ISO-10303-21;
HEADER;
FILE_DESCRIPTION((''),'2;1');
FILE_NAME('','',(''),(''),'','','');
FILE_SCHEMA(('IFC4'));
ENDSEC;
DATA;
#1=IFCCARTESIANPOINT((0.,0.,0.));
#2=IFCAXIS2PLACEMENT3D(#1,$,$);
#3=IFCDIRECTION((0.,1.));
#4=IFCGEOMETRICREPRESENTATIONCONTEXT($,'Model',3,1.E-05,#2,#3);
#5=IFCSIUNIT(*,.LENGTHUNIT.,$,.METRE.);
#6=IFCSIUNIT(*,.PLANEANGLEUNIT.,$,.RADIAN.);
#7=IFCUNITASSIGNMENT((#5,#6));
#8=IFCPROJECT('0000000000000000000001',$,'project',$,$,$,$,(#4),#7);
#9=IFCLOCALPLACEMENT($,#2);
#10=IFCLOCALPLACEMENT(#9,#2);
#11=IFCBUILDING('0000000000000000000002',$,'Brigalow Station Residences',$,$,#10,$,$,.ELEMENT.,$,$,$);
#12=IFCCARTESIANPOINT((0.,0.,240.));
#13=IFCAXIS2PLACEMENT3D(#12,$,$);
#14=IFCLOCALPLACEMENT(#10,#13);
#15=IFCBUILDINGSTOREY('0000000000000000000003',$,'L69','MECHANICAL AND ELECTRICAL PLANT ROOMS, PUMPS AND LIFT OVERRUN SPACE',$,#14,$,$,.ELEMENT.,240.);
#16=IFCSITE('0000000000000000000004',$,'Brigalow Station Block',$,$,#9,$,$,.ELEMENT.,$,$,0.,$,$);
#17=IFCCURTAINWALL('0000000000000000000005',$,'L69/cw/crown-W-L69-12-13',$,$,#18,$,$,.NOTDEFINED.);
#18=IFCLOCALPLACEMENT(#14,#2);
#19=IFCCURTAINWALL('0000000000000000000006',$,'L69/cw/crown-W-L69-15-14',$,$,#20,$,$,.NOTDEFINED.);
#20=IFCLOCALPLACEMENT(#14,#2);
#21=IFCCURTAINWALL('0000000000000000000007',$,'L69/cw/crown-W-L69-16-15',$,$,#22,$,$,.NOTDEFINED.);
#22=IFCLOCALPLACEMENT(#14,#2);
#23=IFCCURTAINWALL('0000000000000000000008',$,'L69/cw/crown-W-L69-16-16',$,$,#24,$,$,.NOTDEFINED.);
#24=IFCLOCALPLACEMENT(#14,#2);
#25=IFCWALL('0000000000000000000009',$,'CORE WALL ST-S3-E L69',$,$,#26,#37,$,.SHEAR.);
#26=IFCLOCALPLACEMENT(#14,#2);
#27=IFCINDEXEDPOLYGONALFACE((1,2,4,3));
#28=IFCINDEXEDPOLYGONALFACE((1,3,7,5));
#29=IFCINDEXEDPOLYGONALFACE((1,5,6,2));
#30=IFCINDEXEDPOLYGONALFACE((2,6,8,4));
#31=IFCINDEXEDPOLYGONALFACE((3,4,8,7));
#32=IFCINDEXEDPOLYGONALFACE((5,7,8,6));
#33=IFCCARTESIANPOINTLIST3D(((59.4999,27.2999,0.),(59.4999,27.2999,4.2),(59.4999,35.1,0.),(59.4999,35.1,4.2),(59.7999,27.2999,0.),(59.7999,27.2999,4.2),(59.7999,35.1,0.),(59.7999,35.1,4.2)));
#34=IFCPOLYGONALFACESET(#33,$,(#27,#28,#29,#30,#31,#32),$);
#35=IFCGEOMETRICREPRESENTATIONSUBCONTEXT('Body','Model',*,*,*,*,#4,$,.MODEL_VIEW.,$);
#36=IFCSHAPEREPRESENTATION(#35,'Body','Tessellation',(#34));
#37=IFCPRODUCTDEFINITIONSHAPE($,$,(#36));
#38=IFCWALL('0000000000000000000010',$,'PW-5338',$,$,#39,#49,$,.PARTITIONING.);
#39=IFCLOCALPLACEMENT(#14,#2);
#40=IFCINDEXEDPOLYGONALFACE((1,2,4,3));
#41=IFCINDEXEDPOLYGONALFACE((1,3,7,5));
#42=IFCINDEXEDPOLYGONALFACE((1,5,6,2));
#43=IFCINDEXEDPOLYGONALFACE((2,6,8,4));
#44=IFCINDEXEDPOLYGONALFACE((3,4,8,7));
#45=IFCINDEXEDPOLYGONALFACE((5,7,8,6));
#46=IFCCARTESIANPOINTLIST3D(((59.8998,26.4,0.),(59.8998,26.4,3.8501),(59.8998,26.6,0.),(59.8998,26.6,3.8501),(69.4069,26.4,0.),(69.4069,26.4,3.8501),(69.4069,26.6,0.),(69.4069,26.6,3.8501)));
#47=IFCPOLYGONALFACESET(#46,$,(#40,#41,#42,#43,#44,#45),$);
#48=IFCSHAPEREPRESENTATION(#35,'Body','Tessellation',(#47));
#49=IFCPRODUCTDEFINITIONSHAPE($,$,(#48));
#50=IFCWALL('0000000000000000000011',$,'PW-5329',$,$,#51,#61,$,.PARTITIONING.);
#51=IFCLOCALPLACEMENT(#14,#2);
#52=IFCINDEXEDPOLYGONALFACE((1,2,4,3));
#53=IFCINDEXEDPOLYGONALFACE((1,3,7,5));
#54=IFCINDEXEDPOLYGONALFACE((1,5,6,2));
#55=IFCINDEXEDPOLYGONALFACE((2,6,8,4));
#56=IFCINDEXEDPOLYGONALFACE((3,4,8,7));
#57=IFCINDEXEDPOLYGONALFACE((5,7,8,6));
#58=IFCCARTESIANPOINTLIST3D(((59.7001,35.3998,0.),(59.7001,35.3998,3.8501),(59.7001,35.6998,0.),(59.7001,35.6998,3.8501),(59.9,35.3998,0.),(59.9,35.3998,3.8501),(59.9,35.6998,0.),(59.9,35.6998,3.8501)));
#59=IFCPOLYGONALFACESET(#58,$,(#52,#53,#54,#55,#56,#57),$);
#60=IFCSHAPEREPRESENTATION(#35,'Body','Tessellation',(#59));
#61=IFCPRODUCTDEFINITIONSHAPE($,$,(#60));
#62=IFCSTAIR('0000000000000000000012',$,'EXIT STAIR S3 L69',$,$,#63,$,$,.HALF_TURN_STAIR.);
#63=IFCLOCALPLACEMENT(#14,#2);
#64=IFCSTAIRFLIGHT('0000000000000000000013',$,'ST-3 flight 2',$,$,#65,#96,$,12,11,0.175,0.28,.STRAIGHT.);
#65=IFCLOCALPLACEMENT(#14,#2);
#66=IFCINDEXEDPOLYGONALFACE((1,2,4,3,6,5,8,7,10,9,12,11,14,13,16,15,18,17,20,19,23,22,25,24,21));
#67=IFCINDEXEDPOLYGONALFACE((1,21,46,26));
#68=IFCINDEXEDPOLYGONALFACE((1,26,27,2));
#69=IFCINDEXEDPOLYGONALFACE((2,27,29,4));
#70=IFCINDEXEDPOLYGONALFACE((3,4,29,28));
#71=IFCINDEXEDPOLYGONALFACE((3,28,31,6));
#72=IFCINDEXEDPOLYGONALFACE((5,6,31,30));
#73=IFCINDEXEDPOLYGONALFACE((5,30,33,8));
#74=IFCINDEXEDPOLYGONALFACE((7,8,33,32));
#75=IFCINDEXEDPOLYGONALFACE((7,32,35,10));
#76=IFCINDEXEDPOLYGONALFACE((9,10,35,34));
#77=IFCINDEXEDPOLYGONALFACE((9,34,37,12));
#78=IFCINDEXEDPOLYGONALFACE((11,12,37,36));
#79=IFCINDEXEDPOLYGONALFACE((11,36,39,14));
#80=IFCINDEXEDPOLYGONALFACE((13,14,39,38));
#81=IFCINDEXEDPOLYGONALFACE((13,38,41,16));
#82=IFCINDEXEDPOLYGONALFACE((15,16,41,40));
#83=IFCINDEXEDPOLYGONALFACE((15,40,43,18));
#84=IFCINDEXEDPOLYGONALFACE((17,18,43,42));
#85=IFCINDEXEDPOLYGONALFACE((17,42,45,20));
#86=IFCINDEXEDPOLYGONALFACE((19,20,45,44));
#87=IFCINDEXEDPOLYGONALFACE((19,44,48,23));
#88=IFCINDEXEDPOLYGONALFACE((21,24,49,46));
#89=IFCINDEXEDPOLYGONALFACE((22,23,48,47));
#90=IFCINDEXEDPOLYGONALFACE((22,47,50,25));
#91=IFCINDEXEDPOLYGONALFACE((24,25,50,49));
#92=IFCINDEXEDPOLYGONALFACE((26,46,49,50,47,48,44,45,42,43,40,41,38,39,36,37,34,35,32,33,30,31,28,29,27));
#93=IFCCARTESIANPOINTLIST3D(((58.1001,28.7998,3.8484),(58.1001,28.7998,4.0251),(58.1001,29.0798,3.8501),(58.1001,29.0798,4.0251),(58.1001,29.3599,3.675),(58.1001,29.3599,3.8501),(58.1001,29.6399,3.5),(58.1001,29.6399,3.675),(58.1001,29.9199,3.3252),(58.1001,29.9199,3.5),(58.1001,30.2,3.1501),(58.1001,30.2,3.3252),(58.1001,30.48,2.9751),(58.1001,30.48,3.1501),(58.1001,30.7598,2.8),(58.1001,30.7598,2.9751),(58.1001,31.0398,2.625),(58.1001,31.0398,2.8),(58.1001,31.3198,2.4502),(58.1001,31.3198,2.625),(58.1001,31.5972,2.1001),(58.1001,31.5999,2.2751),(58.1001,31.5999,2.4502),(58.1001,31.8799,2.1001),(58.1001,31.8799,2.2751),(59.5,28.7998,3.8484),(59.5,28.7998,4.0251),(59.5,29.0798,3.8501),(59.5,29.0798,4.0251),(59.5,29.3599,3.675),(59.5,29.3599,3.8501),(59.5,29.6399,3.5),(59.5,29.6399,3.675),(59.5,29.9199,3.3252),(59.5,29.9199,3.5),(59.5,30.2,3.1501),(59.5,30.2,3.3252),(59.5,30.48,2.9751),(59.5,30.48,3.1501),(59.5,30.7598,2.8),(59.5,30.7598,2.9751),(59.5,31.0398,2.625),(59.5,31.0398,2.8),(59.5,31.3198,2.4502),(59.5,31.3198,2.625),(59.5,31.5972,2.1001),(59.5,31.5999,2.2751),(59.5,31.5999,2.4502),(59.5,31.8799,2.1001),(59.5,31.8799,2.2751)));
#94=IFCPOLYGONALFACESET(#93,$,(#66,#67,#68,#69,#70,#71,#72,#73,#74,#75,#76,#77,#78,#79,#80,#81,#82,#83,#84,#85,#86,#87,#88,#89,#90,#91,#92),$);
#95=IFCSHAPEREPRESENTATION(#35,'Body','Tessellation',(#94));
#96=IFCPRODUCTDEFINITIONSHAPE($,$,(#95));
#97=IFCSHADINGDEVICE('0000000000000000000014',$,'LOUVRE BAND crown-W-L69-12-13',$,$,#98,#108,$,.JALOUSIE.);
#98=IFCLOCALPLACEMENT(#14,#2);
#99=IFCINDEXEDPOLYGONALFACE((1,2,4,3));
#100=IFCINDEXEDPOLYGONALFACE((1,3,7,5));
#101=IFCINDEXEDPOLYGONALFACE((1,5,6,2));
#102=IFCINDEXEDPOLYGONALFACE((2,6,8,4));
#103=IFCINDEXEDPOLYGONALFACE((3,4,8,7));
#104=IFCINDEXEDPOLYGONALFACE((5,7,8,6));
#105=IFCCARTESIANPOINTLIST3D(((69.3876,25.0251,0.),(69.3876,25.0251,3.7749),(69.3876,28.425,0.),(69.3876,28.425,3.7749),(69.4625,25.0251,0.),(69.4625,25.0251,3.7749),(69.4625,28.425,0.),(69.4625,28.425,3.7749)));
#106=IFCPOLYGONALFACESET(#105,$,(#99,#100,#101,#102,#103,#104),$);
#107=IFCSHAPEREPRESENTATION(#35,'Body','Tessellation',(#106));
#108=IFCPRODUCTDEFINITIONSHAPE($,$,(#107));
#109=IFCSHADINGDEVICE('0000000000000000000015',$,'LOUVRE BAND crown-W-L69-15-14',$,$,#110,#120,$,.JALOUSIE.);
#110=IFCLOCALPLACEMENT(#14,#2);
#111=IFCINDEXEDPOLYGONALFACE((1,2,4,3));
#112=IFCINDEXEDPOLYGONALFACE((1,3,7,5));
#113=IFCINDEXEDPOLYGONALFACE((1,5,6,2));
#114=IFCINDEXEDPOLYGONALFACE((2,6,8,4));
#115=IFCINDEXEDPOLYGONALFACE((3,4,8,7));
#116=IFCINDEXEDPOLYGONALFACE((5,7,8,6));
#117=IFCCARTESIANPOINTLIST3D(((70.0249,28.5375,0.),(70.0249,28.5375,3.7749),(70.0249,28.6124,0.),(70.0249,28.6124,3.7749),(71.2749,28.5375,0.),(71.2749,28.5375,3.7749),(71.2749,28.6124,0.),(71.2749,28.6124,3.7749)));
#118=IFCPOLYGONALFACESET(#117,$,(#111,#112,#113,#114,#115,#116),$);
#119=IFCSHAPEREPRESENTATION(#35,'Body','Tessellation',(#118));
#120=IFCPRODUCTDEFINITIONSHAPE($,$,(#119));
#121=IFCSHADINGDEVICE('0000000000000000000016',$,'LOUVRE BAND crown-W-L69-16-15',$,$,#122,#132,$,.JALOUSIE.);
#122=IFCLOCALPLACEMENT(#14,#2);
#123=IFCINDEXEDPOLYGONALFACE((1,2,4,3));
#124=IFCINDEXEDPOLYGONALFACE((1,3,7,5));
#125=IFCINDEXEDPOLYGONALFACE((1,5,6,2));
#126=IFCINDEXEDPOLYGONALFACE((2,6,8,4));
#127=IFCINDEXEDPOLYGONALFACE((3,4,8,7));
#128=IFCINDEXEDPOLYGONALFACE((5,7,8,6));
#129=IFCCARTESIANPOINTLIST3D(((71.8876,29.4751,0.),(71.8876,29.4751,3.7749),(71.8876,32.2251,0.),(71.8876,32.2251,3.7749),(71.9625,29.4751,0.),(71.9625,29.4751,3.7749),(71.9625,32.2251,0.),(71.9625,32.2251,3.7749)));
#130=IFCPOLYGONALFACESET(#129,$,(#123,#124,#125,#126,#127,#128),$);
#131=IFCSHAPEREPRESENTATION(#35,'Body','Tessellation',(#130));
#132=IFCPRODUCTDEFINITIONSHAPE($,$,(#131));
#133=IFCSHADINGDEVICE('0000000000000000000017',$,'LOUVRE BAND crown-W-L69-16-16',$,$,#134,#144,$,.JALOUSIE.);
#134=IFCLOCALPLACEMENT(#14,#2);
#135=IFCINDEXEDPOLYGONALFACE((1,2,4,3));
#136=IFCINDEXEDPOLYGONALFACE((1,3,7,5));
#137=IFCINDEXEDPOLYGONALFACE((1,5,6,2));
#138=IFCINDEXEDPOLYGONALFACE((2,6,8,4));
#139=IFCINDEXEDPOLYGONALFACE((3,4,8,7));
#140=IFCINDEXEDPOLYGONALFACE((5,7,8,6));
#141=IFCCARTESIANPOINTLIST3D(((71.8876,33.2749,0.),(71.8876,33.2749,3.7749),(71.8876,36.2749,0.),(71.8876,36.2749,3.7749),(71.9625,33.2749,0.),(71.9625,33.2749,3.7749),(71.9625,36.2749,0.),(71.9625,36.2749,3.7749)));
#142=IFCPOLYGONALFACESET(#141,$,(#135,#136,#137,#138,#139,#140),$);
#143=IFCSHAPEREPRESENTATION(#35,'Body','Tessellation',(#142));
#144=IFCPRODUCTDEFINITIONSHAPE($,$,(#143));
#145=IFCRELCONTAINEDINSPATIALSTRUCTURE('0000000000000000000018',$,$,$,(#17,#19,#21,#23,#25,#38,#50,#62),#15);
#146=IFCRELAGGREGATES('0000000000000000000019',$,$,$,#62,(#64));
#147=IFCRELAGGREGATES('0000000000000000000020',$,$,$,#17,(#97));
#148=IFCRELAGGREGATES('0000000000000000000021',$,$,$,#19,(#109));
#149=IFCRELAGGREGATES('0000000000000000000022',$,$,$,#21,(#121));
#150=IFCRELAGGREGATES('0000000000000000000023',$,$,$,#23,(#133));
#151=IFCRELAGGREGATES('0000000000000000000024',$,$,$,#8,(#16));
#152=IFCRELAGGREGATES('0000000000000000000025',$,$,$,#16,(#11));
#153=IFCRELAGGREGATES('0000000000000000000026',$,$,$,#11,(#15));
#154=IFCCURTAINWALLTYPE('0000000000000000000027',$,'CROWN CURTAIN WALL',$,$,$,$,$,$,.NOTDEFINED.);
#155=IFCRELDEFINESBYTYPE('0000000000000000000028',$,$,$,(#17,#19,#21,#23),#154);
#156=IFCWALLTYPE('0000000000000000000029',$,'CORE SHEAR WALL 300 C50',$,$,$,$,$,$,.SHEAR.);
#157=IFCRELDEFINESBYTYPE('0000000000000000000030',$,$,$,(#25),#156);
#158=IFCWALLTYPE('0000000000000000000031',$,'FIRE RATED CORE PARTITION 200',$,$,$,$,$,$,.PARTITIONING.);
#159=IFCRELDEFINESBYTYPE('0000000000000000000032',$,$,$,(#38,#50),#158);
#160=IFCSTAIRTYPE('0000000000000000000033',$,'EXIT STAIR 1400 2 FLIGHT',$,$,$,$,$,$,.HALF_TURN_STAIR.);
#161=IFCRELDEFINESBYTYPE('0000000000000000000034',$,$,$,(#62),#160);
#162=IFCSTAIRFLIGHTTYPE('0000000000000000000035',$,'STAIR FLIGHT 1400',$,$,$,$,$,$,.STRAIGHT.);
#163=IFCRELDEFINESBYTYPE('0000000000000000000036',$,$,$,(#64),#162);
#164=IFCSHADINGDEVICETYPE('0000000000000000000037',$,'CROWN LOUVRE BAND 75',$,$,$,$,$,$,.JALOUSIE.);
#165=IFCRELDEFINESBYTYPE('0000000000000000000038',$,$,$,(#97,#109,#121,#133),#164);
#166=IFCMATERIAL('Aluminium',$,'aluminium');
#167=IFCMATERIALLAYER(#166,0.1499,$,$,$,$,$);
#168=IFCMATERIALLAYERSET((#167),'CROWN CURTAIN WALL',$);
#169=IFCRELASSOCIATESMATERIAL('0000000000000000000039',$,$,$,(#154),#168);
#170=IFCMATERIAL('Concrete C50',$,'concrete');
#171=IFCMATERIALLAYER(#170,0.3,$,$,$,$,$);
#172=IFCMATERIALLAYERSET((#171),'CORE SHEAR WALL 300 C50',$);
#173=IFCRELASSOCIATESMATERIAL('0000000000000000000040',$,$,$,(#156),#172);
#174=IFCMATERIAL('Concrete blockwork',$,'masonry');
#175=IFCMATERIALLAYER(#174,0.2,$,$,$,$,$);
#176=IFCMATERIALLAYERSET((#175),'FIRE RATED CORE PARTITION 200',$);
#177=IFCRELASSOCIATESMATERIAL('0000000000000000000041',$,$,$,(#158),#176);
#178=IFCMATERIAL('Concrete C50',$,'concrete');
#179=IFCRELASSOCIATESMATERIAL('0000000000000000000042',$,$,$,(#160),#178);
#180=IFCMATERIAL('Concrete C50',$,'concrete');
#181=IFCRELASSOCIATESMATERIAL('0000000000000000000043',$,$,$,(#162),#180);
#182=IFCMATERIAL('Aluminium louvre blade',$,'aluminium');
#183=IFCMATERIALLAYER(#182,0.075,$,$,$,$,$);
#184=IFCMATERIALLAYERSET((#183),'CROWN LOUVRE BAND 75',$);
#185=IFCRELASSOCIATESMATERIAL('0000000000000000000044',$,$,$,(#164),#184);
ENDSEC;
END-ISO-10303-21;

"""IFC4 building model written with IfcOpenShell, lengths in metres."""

from ifc_helpers import new_model, si_unit, direction, frame, frame_2d, origin, origin_2d, place, context, subcontext, project, spatial, polyline, rectangle, outline, extrude, material, layer, layer_set, type_object, element, aggregate, save


model = new_model("IFC4")

# Units and contexts
model_context = context("Model", 3, precision=1e-05, world=origin(), true_north=direction((0.0, 1.0)))
body_context = subcontext(model_context, "Body", "Model", "MODEL_VIEW")
ifc_project = project(units=[si_unit("LENGTHUNIT", "METRE"), si_unit("PLANEANGLEUNIT", "RADIAN")], contexts=[model_context])

# Site, building, storey
site_placement = place(None, origin())
site = spatial("IfcSite", under=ifc_project, at=site_placement, Name="Brigalow Station Block", CompositionType="ELEMENT", RefElevation=0.0)
building_placement = place(site_placement, origin())
building = spatial("IfcBuilding", under=site, at=building_placement, Name="Brigalow Station Residences", CompositionType="ELEMENT")
storey_placement = place(building_placement, frame((0.0, 0.0, 240.0)))
storey = spatial("IfcBuildingStorey", under=building, at=storey_placement, Name="L69", Description="MECHANICAL AND ELECTRICAL PLANT ROOMS, PUMPS AND LIFT OVERRUN SPACE", CompositionType="ELEMENT", Elevation=240.0)

# Curtain wall
ifc_material_1 = material(Name="Aluminium", Category="aluminium")
ifc_layer_1 = layer(ifc_material_1, 0.1499)
ifc_layer_set_1 = layer_set([ifc_layer_1], Name="CROWN CURTAIN WALL")
curtain_wall_type = type_object("IfcCurtainWallType", Name="CROWN CURTAIN WALL", PredefinedType="NOTDEFINED", material=ifc_layer_set_1)
curtain_wall_1_placement = place(storey_placement, origin())
curtain_wall_1 = element("IfcCurtainWall", 1, at=curtain_wall_1_placement, inside=storey, type_object=curtain_wall_type, Name="L69/cw/crown-W-L69-12-13", PredefinedType="NOTDEFINED")

# Curtain walls
curtain_wall_2_placement = place(storey_placement, origin())
curtain_wall_2 = element("IfcCurtainWall", 2, at=curtain_wall_2_placement, inside=storey, type_object=curtain_wall_type, Name="L69/cw/crown-W-L69-15-14", PredefinedType="NOTDEFINED")
curtain_wall_3_placement = place(storey_placement, origin())
curtain_wall_3 = element("IfcCurtainWall", 3, at=curtain_wall_3_placement, inside=storey, type_object=curtain_wall_type, Name="L69/cw/crown-W-L69-16-15", PredefinedType="NOTDEFINED")

# Curtain wall
curtain_wall_4_placement = place(storey_placement, origin())
curtain_wall_4 = element("IfcCurtainWall", 4, at=curtain_wall_4_placement, inside=storey, type_object=curtain_wall_type, Name="L69/cw/crown-W-L69-16-16", PredefinedType="NOTDEFINED")

# Walls
ifc_material_2 = material(Name="Concrete C50", Category="concrete")
ifc_layer_2 = layer(ifc_material_2, 0.3)
ifc_layer_set_2 = layer_set([ifc_layer_2], Name="CORE SHEAR WALL 300 C50")
wall_type_1 = type_object("IfcWallType", Name="CORE SHEAR WALL 300 C50", PredefinedType="SHEAR", material=ifc_layer_set_2)
wall_1_placement = place(storey_placement, frame((59.6499, 27.3, 0.0), z_axis=(0.0, 0.0, 1.0), x_axis=(0.0, 1.0, 0.0)))
element("IfcWall", 5, at=wall_1_placement, inside=storey, type_object=wall_type_1, Name="CORE WALL ST-S3-E L69", PredefinedType="SHEAR", context=body_context, shape_type="SweptSolid", body=[
    extrude(rectangle(XDim=7.8, YDim=0.3, at=frame_2d((3.8999, 0.0))), origin(), (0.0, 0.0, 1.0), 4.2),
])
ifc_material_3 = material(Name="Concrete blockwork", Category="masonry")
ifc_layer_3 = layer(ifc_material_3, 0.2)
ifc_layer_set_3 = layer_set([ifc_layer_3], Name="FIRE RATED CORE PARTITION 200")
wall_type_2 = type_object("IfcWallType", Name="FIRE RATED CORE PARTITION 200", PredefinedType="PARTITIONING", material=ifc_layer_set_3)
wall_2_placement = place(storey_placement, frame((59.8999, 26.5, 0.0), z_axis=(0.0, 0.0, 1.0), x_axis=(1.0, 0.0, 0.0)))
element("IfcWall", 6, at=wall_2_placement, inside=storey, type_object=wall_type_2, Name="PW-5338", PredefinedType="PARTITIONING", context=body_context, shape_type="SweptSolid", body=[
    extrude(rectangle(XDim=9.5071, YDim=0.2, at=frame_2d((4.7534, 0.0))), origin(), (0.0, 0.0, 1.0), 3.8501),
])
wall_3_placement = place(storey_placement, frame((59.8, 35.3999, 0.0), z_axis=(0.0, 0.0, 1.0), x_axis=(0.0, 1.0, 0.0)))
element("IfcWall", 7, at=wall_3_placement, inside=storey, type_object=wall_type_2, Name="PW-5329", PredefinedType="PARTITIONING", context=body_context, shape_type="SweptSolid", body=[
    extrude(rectangle(XDim=0.3, YDim=0.2, at=frame_2d((0.1499, 0.0))), origin(), (0.0, 0.0, 1.0), 3.8501),
])

# Stair, stair flight
ifc_material_4 = material(Name="Concrete C50", Category="concrete")
stair_type = type_object("IfcStairType", Name="EXIT STAIR 1400 2 FLIGHT", PredefinedType="HALF_TURN_STAIR", material=ifc_material_4)
stair_placement = place(storey_placement, origin())
stair = element("IfcStair", 8, at=stair_placement, inside=storey, type_object=stair_type, Name="EXIT STAIR S3 L69", PredefinedType="HALF_TURN_STAIR")
ifc_material_5 = material(Name="Concrete C50", Category="concrete")
stair_flight_type = type_object("IfcStairFlightType", Name="STAIR FLIGHT 1400", PredefinedType="STRAIGHT", material=ifc_material_5)
stair_flight_placement = place(storey_placement, frame((58.8, 31.8799, 2.1001), z_axis=(0.0, 0.0, 1.0), x_axis=(0.0, -1.0, 0.0)))
stair_flight = element("IfcStairFlight", 9, at=stair_flight_placement, type_object=stair_flight_type, Name="ST-3 flight 2", NumberOfRisers=12, NumberOfTreads=11, PredefinedType="STRAIGHT", RiserHeight=0.175, TreadLength=0.28, context=body_context, shape_type="SweptSolid", body=[
    extrude(outline(polyline([(0.0, 0.0), (0.0, 0.175), (0.28, 0.175), (0.28, 0.3501), (0.5601, 0.3501), (0.5601, 0.5249), (0.8401, 0.5249), (0.8401, 0.7), (1.1201, 0.7), (1.1201, 0.875), (1.3999, 0.875), (1.3999, 1.05), (1.6799, 1.05), (1.6799, 1.2251), (1.96, 1.2251), (1.96, 1.3999), (2.24, 1.3999), (2.24, 1.575), (2.52, 1.575), (2.52, 1.75), (2.8, 1.75), (2.8, 1.925), (3.0801, 1.925), (3.0801, 2.1001), (3.0801, 1.7483), (0.2827, 0.0), (0.0, 0.0)])), frame((0.0, 0.7, 0.0), z_axis=(0.0, -1.0, 0.0), x_axis=(1.0, 0.0, 0.0)), (0.0, 0.0, 1.0), 1.3999),
])
aggregate(stair, [stair_flight])

# Shading devices
ifc_material_6 = material(Name="Aluminium louvre blade", Category="aluminium")
ifc_layer_4 = layer(ifc_material_6, 0.075)
ifc_layer_set_4 = layer_set([ifc_layer_4], Name="CROWN LOUVRE BAND 75")
shading_device_type = type_object("IfcShadingDeviceType", Name="CROWN LOUVRE BAND 75", PredefinedType="JALOUSIE", material=ifc_layer_set_4)
shading_device_1_placement = place(storey_placement, frame((69.425, 26.7251, 0.0), z_axis=(0.0, 0.0, 1.0), x_axis=(0.0, 1.0, 0.0)))
shading_device_1 = element("IfcShadingDevice", 10, at=shading_device_1_placement, type_object=shading_device_type, Name="LOUVRE BAND crown-W-L69-12-13", PredefinedType="JALOUSIE", context=body_context, shape_type="SweptSolid", body=[
    extrude(rectangle(XDim=3.3999, YDim=0.075, at=origin_2d()), origin(), (0.0, 0.0, 1.0), 3.7749),
])
aggregate(curtain_wall_1, [shading_device_1])
shading_device_2_placement = place(storey_placement, frame((70.6499, 28.575, 0.0), z_axis=(0.0, 0.0, 1.0), x_axis=(1.0, 0.0, 0.0)))
shading_device_2 = element("IfcShadingDevice", 11, at=shading_device_2_placement, type_object=shading_device_type, Name="LOUVRE BAND crown-W-L69-15-14", PredefinedType="JALOUSIE", context=body_context, shape_type="SweptSolid", body=[
    extrude(rectangle(XDim=1.25, YDim=0.075, at=origin_2d()), origin(), (0.0, 0.0, 1.0), 3.7749),
])
aggregate(curtain_wall_2, [shading_device_2])
shading_device_3_placement = place(storey_placement, frame((71.925, 30.8501, 0.0), z_axis=(0.0, 0.0, 1.0), x_axis=(0.0, 1.0, 0.0)))
shading_device_3 = element("IfcShadingDevice", 12, at=shading_device_3_placement, type_object=shading_device_type, Name="LOUVRE BAND crown-W-L69-16-15", PredefinedType="JALOUSIE", context=body_context, shape_type="SweptSolid", body=[
    extrude(rectangle(XDim=2.75, YDim=0.075, at=origin_2d()), origin(), (0.0, 0.0, 1.0), 3.7749),
])
aggregate(curtain_wall_3, [shading_device_3])
shading_device_4_placement = place(storey_placement, frame((71.925, 34.7749, 0.0), z_axis=(0.0, 0.0, 1.0), x_axis=(0.0, 1.0, 0.0)))
shading_device_4 = element("IfcShadingDevice", 13, at=shading_device_4_placement, type_object=shading_device_type, Name="LOUVRE BAND crown-W-L69-16-16", PredefinedType="JALOUSIE", context=body_context, shape_type="SweptSolid", body=[
    extrude(rectangle(XDim=3.0, YDim=0.075, at=origin_2d()), origin(), (0.0, 0.0, 1.0), 3.7749),
])
aggregate(curtain_wall_4, [shading_device_4])

save(model, "model.ifc")
